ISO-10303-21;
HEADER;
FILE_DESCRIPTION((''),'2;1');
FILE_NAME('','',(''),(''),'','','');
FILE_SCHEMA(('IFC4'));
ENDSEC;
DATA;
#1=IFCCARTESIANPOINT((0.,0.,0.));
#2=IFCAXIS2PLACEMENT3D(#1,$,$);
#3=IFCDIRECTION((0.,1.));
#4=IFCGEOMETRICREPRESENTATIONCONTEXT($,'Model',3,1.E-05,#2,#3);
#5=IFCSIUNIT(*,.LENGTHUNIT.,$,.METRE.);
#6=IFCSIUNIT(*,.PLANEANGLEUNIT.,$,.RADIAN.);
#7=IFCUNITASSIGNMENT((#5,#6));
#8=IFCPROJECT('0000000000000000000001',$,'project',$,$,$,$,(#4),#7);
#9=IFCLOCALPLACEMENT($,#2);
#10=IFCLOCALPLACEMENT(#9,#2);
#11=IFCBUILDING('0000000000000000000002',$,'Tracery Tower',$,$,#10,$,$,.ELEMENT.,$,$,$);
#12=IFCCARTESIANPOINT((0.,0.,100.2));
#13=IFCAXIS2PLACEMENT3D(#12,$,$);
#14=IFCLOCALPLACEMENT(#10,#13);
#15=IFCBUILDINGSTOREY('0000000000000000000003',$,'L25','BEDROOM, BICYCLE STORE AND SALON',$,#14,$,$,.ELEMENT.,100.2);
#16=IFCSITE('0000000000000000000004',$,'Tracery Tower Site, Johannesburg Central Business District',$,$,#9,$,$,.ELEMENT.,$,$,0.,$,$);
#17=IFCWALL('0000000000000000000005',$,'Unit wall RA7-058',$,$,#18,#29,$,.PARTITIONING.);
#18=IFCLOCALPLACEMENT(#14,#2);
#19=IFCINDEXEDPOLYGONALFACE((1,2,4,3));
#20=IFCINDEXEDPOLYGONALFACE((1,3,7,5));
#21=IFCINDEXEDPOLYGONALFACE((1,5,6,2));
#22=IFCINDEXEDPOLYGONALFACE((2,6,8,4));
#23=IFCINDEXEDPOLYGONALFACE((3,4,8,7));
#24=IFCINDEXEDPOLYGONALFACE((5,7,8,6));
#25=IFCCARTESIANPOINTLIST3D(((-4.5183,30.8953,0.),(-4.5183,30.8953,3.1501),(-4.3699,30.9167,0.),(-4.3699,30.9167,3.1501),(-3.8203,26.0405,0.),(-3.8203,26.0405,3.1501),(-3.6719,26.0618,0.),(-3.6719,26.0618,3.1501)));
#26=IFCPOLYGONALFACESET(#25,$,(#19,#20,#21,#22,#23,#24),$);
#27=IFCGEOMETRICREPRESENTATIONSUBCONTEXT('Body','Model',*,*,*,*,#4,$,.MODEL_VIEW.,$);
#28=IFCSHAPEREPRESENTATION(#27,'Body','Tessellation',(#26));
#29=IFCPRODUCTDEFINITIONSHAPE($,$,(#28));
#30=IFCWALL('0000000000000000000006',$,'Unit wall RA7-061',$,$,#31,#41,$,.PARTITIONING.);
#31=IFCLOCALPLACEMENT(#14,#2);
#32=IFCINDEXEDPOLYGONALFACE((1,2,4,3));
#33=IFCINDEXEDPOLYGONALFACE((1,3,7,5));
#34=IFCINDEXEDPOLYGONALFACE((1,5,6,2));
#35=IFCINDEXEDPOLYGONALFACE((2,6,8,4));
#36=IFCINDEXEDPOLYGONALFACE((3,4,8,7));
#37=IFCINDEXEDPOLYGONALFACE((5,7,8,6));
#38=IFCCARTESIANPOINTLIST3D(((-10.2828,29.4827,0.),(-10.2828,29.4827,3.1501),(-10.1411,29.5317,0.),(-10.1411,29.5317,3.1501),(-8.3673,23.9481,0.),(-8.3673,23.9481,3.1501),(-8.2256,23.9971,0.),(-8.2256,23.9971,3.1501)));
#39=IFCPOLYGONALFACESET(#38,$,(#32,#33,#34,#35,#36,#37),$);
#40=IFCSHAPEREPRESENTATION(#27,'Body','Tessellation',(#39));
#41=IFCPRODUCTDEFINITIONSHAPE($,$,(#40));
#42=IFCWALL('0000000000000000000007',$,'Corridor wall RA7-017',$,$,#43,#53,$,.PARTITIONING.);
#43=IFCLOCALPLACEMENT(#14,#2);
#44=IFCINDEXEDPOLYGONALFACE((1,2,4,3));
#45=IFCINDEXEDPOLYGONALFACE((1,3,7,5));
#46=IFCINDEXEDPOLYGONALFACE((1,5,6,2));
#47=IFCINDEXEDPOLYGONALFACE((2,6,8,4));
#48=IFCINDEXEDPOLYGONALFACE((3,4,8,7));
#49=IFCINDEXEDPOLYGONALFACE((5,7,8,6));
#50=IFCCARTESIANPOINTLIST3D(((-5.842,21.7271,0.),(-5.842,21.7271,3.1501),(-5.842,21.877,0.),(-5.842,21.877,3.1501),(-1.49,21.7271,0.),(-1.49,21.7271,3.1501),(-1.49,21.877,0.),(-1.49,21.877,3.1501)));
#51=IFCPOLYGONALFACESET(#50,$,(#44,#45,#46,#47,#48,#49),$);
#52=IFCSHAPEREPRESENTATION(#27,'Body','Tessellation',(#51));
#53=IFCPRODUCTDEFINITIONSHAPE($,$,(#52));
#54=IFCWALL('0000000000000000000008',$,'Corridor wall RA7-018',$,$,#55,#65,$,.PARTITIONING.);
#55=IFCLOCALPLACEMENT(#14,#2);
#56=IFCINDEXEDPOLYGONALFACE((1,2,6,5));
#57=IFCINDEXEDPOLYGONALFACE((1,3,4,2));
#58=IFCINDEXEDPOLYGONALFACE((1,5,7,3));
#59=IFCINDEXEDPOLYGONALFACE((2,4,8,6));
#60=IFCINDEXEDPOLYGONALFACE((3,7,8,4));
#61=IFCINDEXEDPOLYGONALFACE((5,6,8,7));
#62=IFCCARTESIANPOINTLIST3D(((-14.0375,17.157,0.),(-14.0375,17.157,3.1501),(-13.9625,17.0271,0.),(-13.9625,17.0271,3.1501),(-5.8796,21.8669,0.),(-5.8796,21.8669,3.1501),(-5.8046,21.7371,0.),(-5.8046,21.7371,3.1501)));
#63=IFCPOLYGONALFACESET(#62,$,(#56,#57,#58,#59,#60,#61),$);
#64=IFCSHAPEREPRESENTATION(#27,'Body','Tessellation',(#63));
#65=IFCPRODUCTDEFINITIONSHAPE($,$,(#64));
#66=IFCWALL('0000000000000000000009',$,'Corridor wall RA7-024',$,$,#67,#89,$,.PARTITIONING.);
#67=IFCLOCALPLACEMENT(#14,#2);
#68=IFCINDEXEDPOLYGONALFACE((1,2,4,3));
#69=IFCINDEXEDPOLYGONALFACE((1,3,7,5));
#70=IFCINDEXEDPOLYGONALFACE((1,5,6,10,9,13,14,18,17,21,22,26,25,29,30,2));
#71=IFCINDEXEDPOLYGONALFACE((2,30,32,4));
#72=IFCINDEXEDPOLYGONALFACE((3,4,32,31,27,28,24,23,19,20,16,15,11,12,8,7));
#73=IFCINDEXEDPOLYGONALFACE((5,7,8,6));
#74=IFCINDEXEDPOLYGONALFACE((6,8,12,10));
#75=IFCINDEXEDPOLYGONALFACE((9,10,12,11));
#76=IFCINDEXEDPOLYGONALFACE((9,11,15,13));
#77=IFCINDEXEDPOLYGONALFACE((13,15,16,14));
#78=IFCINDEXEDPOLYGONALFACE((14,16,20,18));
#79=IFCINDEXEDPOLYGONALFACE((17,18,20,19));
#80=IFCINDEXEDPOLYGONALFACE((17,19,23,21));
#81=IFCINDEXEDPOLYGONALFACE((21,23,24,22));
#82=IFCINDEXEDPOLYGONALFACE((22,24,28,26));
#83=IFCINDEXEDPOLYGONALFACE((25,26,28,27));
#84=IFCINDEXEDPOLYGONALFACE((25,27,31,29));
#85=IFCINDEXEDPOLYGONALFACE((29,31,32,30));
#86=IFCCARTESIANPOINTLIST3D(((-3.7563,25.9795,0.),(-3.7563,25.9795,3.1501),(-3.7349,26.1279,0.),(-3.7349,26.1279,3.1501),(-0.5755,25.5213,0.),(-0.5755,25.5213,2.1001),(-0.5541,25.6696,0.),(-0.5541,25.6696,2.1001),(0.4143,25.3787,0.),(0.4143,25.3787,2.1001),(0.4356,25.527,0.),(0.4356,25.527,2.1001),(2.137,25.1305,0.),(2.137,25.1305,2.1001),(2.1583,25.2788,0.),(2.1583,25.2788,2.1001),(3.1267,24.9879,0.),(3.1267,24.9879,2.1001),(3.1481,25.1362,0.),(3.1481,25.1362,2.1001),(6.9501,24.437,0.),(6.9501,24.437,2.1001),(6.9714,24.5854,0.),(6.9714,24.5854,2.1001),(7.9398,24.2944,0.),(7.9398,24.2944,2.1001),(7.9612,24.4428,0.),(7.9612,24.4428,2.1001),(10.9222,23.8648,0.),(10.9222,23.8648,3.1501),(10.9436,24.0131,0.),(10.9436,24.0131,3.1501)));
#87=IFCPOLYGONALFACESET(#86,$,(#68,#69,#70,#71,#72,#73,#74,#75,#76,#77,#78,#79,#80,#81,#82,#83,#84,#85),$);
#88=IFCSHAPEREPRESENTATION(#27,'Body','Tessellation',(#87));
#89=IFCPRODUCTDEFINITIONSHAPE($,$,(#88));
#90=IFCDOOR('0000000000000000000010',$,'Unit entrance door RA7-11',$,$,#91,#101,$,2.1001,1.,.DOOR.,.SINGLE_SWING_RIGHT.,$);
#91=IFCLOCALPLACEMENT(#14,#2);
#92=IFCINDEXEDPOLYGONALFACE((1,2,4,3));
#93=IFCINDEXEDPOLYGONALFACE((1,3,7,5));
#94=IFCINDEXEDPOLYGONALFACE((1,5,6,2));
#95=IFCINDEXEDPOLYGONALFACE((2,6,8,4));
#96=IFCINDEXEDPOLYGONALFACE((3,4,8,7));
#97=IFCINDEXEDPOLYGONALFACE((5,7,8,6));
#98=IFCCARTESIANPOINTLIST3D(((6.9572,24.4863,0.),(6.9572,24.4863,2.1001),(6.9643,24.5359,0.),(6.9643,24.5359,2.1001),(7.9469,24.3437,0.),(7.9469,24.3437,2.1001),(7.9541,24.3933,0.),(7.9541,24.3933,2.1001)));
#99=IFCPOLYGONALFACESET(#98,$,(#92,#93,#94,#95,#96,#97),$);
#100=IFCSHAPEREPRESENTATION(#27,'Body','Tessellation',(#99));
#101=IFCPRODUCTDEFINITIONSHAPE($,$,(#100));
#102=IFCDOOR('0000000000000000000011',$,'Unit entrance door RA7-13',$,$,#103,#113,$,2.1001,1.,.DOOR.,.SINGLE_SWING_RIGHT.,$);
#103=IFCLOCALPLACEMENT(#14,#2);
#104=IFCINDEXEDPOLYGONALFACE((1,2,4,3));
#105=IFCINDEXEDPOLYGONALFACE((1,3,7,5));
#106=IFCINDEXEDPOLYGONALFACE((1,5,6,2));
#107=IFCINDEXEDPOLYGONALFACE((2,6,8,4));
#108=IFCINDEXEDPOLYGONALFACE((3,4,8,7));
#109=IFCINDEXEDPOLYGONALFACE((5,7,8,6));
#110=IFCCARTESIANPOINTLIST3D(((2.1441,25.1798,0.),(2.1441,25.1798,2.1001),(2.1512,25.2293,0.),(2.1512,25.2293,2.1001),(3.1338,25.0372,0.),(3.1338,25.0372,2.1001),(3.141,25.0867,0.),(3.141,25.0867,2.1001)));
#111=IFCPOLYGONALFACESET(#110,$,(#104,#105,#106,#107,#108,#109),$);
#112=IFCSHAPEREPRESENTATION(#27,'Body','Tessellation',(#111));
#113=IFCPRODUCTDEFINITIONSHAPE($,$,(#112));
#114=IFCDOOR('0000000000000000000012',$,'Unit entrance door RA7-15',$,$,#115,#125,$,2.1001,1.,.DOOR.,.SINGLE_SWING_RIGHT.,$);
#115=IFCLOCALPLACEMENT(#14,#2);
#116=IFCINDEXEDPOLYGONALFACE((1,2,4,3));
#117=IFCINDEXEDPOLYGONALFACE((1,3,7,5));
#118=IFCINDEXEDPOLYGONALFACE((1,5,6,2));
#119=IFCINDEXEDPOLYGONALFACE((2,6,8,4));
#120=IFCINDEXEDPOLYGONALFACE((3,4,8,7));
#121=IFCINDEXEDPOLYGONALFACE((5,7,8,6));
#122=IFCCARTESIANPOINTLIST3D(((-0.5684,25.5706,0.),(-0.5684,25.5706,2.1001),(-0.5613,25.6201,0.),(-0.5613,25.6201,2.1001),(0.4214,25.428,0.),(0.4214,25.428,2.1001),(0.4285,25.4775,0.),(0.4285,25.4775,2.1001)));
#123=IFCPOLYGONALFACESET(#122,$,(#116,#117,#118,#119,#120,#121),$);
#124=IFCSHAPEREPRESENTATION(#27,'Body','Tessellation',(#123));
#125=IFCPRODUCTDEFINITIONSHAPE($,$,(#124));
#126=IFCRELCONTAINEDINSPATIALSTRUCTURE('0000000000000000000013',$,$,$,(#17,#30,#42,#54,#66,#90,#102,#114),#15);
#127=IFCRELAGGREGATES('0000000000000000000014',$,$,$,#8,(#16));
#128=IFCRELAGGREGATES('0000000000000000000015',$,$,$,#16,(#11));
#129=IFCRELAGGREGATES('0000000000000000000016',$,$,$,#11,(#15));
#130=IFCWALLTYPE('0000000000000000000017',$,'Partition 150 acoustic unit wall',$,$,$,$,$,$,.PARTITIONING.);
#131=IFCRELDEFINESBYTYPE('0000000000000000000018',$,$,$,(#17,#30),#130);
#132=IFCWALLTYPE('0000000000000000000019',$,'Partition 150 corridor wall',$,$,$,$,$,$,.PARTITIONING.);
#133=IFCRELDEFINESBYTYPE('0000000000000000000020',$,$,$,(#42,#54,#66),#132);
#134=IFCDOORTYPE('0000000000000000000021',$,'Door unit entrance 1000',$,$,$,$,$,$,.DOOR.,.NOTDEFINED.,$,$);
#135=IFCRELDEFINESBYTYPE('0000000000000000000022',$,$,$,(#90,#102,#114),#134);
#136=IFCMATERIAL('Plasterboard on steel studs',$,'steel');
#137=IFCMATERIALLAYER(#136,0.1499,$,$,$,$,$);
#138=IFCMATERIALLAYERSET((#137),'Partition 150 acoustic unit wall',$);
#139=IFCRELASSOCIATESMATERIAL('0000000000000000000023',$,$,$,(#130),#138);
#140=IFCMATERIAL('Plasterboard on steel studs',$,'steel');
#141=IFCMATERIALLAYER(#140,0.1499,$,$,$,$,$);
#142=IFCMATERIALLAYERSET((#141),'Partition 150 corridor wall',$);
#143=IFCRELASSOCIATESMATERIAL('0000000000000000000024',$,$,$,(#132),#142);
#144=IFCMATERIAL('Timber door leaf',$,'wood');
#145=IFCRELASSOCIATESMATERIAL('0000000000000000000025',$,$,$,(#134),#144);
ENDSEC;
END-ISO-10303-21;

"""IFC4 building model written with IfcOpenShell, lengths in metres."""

from ifc_helpers import new_model, si_unit, direction, frame, frame_2d, origin, place, context, subcontext, project, spatial, rectangle, extrude, material, layer, layer_set, type_object, element, fill, save


model = new_model("IFC4")

# Units and contexts
model_context = context("Model", 3, precision=1e-05, world=origin(), true_north=direction((0.0, 1.0)))
body_context = subcontext(model_context, "Body", "Model", "MODEL_VIEW")
ifc_project = project(units=[si_unit("LENGTHUNIT", "METRE"), si_unit("PLANEANGLEUNIT", "RADIAN")], contexts=[model_context])

# Site, building, storey
site_placement = place(None, origin())
site = spatial("IfcSite", under=ifc_project, at=site_placement, Name="Tracery Tower Site, Johannesburg Central Business District", CompositionType="ELEMENT", RefElevation=0.0)
building_placement = place(site_placement, origin())
building = spatial("IfcBuilding", under=site, at=building_placement, Name="Tracery Tower", CompositionType="ELEMENT")
storey_placement = place(building_placement, frame((0.0, 0.0, 100.2)))
storey = spatial("IfcBuildingStorey", under=building, at=storey_placement, Name="L25", Description="BEDROOM, BICYCLE STORE AND SALON", CompositionType="ELEMENT", Elevation=100.2)

# Walls
ifc_material_1 = material(Name="Plasterboard on steel studs", Category="steel")
ifc_layer_1 = layer(ifc_material_1, 0.1499)
ifc_layer_set_1 = layer_set([ifc_layer_1], Name="Partition 150 acoustic unit wall")
wall_type_1 = type_object("IfcWallType", Name="Partition 150 acoustic unit wall", PredefinedType="PARTITIONING", material=ifc_layer_set_1)
wall_1_placement = place(storey_placement, frame((-4.4441, 30.906, 0.0), z_axis=(0.0, 0.0, 1.0), x_axis=(0.142306, -0.989823, 0.0)))
element("IfcWall", 1, at=wall_1_placement, inside=storey, type_object=wall_type_1, Name="Unit wall RA7-058", PredefinedType="PARTITIONING", context=body_context, shape_type="SweptSolid", body=[
    extrude(rectangle(XDim=4.9048, YDim=0.1499, at=frame_2d((2.4524, 0.0))), origin(), (0.0, 0.0, 1.0), 3.1501),
])
wall_2_placement = place(storey_placement, frame((-10.2119, 29.5071, 0.0), z_axis=(0.0, 0.0, 1.0), x_axis=(0.327062, -0.945003, 0.0)))
element("IfcWall", 2, at=wall_2_placement, inside=storey, type_object=wall_type_1, Name="Unit wall RA7-061", PredefinedType="PARTITIONING", context=body_context, shape_type="SweptSolid", body=[
    extrude(rectangle(XDim=5.8567, YDim=0.1499, at=frame_2d((2.9282, 0.0))), origin(), (0.0, 0.0, 1.0), 3.1501),
])
ifc_material_2 = material(Name="Plasterboard on steel studs", Category="steel")
ifc_layer_2 = layer(ifc_material_2, 0.1499)
ifc_layer_set_2 = layer_set([ifc_layer_2], Name="Partition 150 corridor wall")
wall_type_2 = type_object("IfcWallType", Name="Partition 150 corridor wall", PredefinedType="PARTITIONING", material=ifc_layer_set_2)
wall_3_placement = place(storey_placement, frame((-5.842, 21.802, 0.0), z_axis=(0.0, 0.0, 1.0), x_axis=(1.0, 0.0, 0.0)))
element("IfcWall", 3, at=wall_3_placement, inside=storey, type_object=wall_type_2, Name="Corridor wall RA7-017", PredefinedType="PARTITIONING", context=body_context, shape_type="SweptSolid", body=[
    extrude(rectangle(XDim=4.3521, YDim=0.1499, at=frame_2d((2.176, 0.0))), origin(), (0.0, 0.0, 1.0), 3.1501),
])
wall_4_placement = place(storey_placement, frame((-14.0, 17.092, 0.0), z_axis=(0.0, 0.0, 1.0), x_axis=(0.866027, 0.499997, 0.0)))
element("IfcWall", 4, at=wall_4_placement, inside=storey, type_object=wall_type_2, Name="Corridor wall RA7-018", PredefinedType="PARTITIONING", context=body_context, shape_type="SweptSolid", body=[
    extrude(rectangle(XDim=9.4199, YDim=0.1499, at=frame_2d((4.71, 0.0))), origin(), (0.0, 0.0, 1.0), 3.1501),
])

# Wall, openings, doors
wall_5_placement = place(storey_placement, frame((-3.7456, 26.0537, 0.0), z_axis=(0.0, 0.0, 1.0), x_axis=(0.989781, -0.142599, 0.0)))
wall_5 = element("IfcWall", 5, at=wall_5_placement, inside=storey, type_object=wall_type_2, Name="Corridor wall RA7-024", PredefinedType="PARTITIONING", context=body_context, shape_type="SweptSolid", body=[
    extrude(rectangle(XDim=14.8301, YDim=0.1499, at=frame_2d((7.415, 0.0))), origin(), (0.0, 0.0, 1.0), 3.1501),
])
opening_1_placement = place(wall_5_placement, frame((10.8169, 0.0, 0.0)))
opening_1 = element("IfcOpeningElement", 6, at=opening_1_placement, cuts=wall_5, PredefinedType="OPENING", context=body_context, shape_type="SweptSolid", body=[
    extrude(rectangle(XDim=1.0, YDim=2.1001, at=frame_2d((0.5, 1.05))), frame((0.0, 0.075, 0.0), z_axis=(0.0, -1.0, 0.0), x_axis=(1.0, 0.0, 0.0)), (0.0, 0.0, 1.0), 0.1499),
])
opening_2_placement = place(wall_5_placement, frame((5.9541, 0.0, 0.0)))
opening_2 = element("IfcOpeningElement", 7, at=opening_2_placement, cuts=wall_5, PredefinedType="OPENING", context=body_context, shape_type="SweptSolid", body=[
    extrude(rectangle(XDim=1.0, YDim=2.1001, at=frame_2d((0.5, 1.05))), frame((0.0, 0.075, 0.0), z_axis=(0.0, -1.0, 0.0), x_axis=(1.0, 0.0, 0.0)), (0.0, 0.0, 1.0), 0.1499),
])
opening_3_placement = place(wall_5_placement, frame((3.2136, 0.0, 0.0)))
opening_3 = element("IfcOpeningElement", 8, at=opening_3_placement, cuts=wall_5, PredefinedType="OPENING", context=body_context, shape_type="SweptSolid", body=[
    extrude(rectangle(XDim=1.0, YDim=2.1001, at=frame_2d((0.5, 1.05))), frame((0.0, 0.075, 0.0), z_axis=(0.0, -1.0, 0.0), x_axis=(1.0, 0.0, 0.0)), (0.0, 0.0, 1.0), 0.1499),
])
ifc_material_3 = material(Name="Timber door leaf", Category="wood")
door_type_1 = type_object("IfcDoorType", Name="Door unit entrance 1000", OperationType="NOTDEFINED", PredefinedType="DOOR", material=ifc_material_3)
door_1_placement = place(opening_1_placement, origin())
door_1 = element("IfcDoor", 9, at=door_1_placement, inside=storey, type_object=door_type_1, Name="Unit entrance door RA7-11", OperationType="SINGLE_SWING_RIGHT", OverallHeight=2.1001, OverallWidth=1.0, PredefinedType="DOOR", context=body_context, shape_type="SweptSolid", body=[
    extrude(rectangle(XDim=1.0, YDim=2.1001, at=frame_2d((0.5, 1.05))), frame((0.0, 0.0249, 0.0), z_axis=(0.0, -1.0, 0.0), x_axis=(1.0, 0.0, 0.0)), (0.0, 0.0, 1.0), 0.05),
])
fill(opening_1, door_1)
door_2_placement = place(opening_2_placement, origin())
door_2 = element("IfcDoor", 10, at=door_2_placement, inside=storey, type_object=door_type_1, Name="Unit entrance door RA7-13", OperationType="SINGLE_SWING_RIGHT", OverallHeight=2.1001, OverallWidth=1.0, PredefinedType="DOOR", context=body_context, shape_type="SweptSolid", body=[
    extrude(rectangle(XDim=1.0, YDim=2.1001, at=frame_2d((0.5, 1.05))), frame((0.0, 0.0249, 0.0), z_axis=(0.0, -1.0, 0.0), x_axis=(1.0, 0.0, 0.0)), (0.0, 0.0, 1.0), 0.05),
])
fill(opening_2, door_2)
door_3_placement = place(opening_3_placement, origin())
door_3 = element("IfcDoor", 11, at=door_3_placement, inside=storey, type_object=door_type_1, Name="Unit entrance door RA7-15", OperationType="SINGLE_SWING_RIGHT", OverallHeight=2.1001, OverallWidth=1.0, PredefinedType="DOOR", context=body_context, shape_type="SweptSolid", body=[
    extrude(rectangle(XDim=1.0, YDim=2.1001, at=frame_2d((0.5, 1.05))), frame((0.0, 0.0249, 0.0), z_axis=(0.0, -1.0, 0.0), x_axis=(1.0, 0.0, 0.0)), (0.0, 0.0, 1.0), 0.05),
])
fill(opening_3, door_3)

save(model, "model.ifc")
